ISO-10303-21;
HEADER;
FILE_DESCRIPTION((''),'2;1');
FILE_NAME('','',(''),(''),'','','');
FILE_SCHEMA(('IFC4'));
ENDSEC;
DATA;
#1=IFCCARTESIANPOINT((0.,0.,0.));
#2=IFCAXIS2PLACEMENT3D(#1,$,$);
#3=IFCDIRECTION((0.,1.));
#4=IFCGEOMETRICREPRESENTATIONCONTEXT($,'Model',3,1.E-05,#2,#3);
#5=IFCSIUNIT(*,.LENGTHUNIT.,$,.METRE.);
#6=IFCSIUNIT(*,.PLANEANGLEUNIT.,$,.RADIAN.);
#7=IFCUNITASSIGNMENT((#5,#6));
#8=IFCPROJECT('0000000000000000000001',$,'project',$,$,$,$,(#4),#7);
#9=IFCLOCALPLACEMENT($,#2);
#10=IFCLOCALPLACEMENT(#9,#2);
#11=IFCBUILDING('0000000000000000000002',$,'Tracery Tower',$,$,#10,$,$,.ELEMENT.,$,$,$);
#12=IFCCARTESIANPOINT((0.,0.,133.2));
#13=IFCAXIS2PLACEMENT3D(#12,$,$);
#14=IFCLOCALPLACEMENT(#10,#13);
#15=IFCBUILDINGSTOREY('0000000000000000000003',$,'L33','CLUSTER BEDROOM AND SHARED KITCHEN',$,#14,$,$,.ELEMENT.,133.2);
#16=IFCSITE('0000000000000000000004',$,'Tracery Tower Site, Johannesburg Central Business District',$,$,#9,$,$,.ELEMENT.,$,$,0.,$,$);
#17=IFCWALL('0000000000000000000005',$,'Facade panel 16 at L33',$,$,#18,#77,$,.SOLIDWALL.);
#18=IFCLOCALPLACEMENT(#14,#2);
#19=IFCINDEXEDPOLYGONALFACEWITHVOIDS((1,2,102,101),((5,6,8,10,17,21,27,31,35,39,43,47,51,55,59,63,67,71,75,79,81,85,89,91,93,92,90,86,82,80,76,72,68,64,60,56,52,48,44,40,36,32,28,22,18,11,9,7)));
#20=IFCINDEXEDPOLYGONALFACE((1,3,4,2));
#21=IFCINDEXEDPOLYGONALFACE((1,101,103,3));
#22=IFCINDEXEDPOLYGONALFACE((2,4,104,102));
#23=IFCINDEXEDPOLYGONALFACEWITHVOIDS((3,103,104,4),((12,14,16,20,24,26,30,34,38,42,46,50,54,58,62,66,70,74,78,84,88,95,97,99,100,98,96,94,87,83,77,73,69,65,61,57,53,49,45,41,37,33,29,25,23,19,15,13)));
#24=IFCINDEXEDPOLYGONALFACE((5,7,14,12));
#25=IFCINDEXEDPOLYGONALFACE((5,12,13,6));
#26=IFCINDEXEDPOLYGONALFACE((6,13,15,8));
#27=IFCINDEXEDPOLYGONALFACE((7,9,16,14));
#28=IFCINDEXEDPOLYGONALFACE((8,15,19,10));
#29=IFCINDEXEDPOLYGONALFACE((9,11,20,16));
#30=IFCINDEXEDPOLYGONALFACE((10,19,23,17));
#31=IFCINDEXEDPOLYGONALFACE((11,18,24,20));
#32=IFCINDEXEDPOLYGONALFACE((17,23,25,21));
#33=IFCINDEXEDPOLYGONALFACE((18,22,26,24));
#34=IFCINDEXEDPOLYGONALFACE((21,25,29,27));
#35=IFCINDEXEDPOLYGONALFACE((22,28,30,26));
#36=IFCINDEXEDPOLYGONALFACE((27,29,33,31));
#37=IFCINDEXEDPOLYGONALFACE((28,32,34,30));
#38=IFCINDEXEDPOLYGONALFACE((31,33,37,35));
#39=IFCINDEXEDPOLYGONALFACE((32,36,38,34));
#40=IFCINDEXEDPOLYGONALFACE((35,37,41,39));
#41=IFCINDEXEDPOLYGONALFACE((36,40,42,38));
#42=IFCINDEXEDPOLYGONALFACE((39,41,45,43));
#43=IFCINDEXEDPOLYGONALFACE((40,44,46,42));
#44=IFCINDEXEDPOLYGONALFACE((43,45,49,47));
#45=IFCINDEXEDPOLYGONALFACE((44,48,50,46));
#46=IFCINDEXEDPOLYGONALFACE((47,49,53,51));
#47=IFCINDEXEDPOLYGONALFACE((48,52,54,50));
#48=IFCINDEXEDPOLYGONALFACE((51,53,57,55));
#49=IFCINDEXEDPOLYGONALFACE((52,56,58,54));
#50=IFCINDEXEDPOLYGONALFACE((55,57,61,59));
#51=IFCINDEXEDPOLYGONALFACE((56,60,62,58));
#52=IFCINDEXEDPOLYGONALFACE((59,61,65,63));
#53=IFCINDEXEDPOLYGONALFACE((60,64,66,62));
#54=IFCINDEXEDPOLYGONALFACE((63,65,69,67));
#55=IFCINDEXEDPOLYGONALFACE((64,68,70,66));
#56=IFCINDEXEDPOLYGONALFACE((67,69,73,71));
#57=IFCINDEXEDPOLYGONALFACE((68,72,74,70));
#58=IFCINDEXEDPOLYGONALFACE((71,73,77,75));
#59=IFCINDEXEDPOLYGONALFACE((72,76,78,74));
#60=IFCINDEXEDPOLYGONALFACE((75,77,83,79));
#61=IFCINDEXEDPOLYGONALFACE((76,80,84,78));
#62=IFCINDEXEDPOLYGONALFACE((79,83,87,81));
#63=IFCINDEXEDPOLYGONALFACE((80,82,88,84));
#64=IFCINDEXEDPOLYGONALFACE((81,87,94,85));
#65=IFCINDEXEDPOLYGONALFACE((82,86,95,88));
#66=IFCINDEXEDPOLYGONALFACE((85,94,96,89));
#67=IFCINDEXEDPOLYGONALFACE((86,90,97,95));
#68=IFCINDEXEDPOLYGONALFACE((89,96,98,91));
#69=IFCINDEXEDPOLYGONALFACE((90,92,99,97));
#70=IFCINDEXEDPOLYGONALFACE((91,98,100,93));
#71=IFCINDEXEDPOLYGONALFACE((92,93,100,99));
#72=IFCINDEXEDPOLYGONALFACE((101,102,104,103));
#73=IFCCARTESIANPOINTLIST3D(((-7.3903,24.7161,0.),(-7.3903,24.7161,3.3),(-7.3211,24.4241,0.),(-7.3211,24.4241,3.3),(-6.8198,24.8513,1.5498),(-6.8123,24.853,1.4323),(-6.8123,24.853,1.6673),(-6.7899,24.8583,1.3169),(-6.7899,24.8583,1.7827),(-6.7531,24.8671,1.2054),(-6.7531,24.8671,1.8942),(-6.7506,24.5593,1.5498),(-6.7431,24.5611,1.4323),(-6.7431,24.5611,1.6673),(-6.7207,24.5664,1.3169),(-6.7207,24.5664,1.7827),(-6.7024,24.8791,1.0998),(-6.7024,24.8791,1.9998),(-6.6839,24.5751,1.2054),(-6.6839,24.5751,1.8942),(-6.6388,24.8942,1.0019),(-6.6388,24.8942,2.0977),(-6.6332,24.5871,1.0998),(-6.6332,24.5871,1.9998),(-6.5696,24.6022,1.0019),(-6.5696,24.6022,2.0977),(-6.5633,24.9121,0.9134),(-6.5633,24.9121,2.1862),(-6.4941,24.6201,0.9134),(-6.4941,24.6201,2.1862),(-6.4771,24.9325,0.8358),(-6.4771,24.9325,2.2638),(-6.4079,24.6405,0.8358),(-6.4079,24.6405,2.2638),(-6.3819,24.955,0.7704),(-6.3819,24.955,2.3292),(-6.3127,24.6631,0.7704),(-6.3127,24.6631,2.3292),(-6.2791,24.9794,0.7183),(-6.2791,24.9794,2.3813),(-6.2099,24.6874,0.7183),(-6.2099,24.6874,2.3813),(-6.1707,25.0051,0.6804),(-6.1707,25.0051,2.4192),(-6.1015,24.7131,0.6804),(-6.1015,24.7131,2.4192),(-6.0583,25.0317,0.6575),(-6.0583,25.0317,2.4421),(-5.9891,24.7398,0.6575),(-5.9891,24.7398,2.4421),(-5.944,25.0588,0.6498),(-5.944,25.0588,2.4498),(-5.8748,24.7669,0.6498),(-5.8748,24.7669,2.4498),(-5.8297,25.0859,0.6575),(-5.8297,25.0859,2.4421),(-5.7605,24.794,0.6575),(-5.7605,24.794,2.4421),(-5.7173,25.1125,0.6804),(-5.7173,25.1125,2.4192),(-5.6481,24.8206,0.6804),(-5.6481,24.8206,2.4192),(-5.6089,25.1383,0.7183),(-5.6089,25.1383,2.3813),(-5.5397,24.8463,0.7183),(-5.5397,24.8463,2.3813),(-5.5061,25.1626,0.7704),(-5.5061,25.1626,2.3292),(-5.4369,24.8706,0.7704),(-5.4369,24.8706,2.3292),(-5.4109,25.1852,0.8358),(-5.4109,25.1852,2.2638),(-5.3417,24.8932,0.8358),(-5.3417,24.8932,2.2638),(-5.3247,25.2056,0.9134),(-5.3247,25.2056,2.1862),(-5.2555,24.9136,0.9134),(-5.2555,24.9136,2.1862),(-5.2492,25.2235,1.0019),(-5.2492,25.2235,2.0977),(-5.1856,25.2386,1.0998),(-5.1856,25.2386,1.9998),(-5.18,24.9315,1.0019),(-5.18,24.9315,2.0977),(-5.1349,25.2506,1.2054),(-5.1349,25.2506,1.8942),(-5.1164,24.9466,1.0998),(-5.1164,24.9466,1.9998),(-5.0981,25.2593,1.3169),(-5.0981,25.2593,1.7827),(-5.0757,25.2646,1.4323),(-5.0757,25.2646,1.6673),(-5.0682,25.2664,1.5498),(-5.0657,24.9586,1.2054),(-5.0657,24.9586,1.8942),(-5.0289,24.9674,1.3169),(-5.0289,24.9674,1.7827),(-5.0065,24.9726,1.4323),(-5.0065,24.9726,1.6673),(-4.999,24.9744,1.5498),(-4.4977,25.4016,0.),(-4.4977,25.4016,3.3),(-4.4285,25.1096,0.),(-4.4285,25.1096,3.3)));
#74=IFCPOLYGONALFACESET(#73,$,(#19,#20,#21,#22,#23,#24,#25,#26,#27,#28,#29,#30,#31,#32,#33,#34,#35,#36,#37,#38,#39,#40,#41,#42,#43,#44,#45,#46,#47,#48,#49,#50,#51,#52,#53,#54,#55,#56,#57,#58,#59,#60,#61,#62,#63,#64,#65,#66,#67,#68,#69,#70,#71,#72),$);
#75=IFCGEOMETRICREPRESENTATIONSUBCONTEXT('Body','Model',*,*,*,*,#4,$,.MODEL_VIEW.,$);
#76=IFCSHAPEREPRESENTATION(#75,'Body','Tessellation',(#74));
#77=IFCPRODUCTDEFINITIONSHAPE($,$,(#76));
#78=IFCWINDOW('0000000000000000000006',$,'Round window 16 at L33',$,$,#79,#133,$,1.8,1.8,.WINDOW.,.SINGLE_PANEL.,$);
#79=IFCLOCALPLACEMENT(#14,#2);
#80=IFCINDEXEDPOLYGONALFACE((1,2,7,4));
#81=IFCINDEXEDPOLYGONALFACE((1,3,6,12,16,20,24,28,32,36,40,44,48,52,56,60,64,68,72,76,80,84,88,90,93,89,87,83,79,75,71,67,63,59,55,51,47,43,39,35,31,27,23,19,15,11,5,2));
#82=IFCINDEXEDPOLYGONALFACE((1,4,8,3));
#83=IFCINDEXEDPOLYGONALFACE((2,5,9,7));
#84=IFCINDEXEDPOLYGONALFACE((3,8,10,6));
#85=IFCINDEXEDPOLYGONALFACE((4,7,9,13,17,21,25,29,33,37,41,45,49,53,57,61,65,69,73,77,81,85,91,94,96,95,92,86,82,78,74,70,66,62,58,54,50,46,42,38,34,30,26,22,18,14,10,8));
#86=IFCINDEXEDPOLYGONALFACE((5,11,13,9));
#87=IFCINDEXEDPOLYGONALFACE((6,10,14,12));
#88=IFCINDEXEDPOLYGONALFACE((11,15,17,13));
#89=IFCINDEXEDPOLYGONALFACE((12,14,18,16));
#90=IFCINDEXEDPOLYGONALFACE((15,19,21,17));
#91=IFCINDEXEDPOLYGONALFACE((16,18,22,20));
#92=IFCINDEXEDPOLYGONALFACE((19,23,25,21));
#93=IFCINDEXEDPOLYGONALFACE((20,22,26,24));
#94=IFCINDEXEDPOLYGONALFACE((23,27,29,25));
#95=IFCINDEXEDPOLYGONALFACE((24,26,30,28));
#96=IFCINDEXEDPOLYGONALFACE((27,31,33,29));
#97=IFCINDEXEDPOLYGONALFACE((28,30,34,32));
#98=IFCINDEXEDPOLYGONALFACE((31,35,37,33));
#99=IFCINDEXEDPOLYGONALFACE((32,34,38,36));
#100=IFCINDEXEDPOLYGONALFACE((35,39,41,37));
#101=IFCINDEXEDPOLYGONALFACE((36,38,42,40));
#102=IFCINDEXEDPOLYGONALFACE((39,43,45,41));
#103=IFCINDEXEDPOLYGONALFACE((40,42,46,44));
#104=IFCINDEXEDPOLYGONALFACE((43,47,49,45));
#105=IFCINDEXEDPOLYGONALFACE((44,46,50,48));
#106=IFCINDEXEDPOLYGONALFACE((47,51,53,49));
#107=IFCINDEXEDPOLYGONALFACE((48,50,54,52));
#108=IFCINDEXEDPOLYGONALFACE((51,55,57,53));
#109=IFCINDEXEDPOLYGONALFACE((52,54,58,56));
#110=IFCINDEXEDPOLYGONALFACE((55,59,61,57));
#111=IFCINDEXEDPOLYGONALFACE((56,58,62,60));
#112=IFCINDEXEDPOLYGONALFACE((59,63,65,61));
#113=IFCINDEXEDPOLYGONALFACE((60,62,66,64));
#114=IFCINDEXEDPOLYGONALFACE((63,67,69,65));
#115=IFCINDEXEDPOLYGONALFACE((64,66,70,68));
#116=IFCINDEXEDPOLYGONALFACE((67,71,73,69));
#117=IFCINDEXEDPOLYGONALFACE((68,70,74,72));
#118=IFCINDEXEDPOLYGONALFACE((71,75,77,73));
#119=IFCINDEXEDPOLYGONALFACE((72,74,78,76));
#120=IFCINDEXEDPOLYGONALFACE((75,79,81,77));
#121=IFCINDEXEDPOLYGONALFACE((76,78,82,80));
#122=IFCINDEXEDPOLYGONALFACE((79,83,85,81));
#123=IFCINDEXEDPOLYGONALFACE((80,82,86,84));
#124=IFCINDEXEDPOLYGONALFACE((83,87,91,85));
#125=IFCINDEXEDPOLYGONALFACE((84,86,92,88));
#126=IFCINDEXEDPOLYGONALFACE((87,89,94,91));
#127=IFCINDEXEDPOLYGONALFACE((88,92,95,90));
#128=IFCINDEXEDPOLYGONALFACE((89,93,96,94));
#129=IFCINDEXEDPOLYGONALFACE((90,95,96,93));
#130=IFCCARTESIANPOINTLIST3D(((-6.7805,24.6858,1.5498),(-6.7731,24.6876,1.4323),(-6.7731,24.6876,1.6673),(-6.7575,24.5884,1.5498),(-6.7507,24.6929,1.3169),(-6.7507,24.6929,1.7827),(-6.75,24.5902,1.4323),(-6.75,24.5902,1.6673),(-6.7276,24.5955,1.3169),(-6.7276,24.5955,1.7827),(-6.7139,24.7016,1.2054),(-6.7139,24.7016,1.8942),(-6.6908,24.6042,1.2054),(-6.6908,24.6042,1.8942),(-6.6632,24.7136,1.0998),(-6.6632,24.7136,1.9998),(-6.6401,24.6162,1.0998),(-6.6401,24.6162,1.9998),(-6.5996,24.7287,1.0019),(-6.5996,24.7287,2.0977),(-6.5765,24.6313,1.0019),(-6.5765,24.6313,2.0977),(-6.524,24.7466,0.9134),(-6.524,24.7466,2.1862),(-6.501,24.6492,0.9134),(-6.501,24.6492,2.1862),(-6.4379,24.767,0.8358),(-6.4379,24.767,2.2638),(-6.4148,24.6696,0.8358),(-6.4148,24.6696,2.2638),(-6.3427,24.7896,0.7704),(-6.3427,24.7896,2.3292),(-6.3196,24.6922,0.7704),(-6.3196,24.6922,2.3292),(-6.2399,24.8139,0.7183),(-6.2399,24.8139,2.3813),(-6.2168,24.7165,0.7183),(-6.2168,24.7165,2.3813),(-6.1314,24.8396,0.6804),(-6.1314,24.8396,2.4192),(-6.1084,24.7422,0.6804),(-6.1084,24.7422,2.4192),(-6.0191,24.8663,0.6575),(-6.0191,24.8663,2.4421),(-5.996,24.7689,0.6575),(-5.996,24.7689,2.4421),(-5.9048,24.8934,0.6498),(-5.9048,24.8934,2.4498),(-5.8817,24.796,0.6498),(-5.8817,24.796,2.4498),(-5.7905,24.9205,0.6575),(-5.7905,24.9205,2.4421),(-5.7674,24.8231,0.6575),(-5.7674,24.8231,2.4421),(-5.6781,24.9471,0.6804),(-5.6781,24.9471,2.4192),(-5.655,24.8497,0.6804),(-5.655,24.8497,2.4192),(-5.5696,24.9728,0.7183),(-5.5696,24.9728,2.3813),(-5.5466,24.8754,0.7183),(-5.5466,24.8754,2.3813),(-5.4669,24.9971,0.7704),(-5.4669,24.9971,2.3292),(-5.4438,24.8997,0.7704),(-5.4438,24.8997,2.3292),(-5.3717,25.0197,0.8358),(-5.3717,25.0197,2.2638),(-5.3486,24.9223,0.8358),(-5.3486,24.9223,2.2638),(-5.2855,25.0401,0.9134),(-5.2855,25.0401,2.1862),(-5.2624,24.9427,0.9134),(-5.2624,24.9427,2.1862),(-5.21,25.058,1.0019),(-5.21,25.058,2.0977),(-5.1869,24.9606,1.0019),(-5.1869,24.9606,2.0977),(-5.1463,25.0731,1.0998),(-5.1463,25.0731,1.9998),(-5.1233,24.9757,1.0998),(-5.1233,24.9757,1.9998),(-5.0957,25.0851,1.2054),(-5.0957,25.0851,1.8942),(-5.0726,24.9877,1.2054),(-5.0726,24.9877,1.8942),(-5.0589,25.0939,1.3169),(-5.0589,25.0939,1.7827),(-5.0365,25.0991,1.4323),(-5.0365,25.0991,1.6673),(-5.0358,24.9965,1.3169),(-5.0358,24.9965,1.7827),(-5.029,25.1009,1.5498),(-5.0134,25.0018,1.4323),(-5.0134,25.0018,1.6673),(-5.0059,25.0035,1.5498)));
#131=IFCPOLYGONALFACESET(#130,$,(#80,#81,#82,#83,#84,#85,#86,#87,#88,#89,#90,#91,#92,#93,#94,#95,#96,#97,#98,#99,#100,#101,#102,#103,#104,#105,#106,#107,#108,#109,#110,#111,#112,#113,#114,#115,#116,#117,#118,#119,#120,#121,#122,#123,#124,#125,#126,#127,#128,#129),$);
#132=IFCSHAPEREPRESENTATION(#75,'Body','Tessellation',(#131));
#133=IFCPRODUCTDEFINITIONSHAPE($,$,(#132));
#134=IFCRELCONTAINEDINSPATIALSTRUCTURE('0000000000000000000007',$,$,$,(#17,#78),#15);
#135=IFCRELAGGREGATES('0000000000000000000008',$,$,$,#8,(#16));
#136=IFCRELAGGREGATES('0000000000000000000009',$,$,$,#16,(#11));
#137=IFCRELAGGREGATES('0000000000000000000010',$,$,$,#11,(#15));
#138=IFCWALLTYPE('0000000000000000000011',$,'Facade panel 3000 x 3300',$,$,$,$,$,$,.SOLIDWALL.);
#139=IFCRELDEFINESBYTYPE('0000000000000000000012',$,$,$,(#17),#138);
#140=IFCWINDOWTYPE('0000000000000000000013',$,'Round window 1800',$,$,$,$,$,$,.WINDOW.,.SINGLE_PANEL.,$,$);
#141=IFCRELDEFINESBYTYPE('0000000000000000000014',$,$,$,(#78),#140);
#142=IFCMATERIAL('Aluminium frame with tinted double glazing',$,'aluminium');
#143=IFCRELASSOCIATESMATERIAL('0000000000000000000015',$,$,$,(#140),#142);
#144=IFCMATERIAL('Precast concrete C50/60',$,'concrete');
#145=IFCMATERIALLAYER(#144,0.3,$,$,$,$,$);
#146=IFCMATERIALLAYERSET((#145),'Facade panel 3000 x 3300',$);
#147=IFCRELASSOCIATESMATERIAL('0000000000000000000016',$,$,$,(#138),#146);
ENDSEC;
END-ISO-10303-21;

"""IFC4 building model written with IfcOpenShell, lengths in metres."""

from ifc_helpers import new_model, si_unit, direction, frame, frame_2d, origin, origin_2d, place, context, subcontext, project, spatial, rectangle, circle, extrude, material, layer, layer_set, type_object, element, fill, save


model = new_model("IFC4")

# Units and contexts
model_context = context("Model", 3, precision=1e-05, world=origin(), true_north=direction((0.0, 1.0)))
body_context = subcontext(model_context, "Body", "Model", "MODEL_VIEW")
ifc_project = project(units=[si_unit("LENGTHUNIT", "METRE"), si_unit("PLANEANGLEUNIT", "RADIAN")], contexts=[model_context])

# Site, building, storey
site_placement = place(None, origin())
site = spatial("IfcSite", under=ifc_project, at=site_placement, Name="Tracery Tower Site, Johannesburg Central Business District", CompositionType="ELEMENT", RefElevation=0.0)
building_placement = place(site_placement, origin())
building = spatial("IfcBuilding", under=site, at=building_placement, Name="Tracery Tower", CompositionType="ELEMENT")
storey_placement = place(building_placement, frame((0.0, 0.0, 133.2)))
storey = spatial("IfcBuildingStorey", under=building, at=storey_placement, Name="L33", Description="CLUSTER BEDROOM AND SHARED KITCHEN", CompositionType="ELEMENT", Elevation=133.2)

# Wall, opening, window
ifc_material_1 = material(Name="Aluminium frame with tinted double glazing", Category="aluminium")
window_type = type_object("IfcWindowType", Name="Round window 1800", PartitioningType="SINGLE_PANEL", PredefinedType="WINDOW", material=ifc_material_1)
ifc_material_2 = material(Name="Precast concrete C50/60", Category="concrete")
ifc_layer_1 = layer(ifc_material_2, 0.3)
ifc_layer_set_1 = layer_set([ifc_layer_1], Name="Facade panel 3000 x 3300")
wall_type_1 = type_object("IfcWallType", Name="Facade panel 3000 x 3300", PredefinedType="SOLIDWALL", material=ifc_layer_set_1)
wall_1_placement = place(storey_placement, frame((-4.4631, 25.2556, 0.0), z_axis=(0.0, 0.0, 1.0), x_axis=(-0.973045, -0.230614, 0.0)))
wall_1 = element("IfcWall", 1, at=wall_1_placement, inside=storey, type_object=wall_type_1, Name="Facade panel 16 at L33", PredefinedType="SOLIDWALL", context=body_context, shape_type="SweptSolid", body=[
    extrude(rectangle(XDim=2.9727, YDim=0.3, at=frame_2d((1.4863, 0.0))), origin(), (0.0, 0.0, 1.0), 3.3),
])
opening_1_placement = place(wall_1_placement, frame((1.4863, 0.0, 1.5498)))
opening_1 = element("IfcOpeningElement", 2, at=opening_1_placement, cuts=wall_1, PredefinedType="OPENING", context=body_context, shape_type="SweptSolid", body=[
    extrude(circle(Radius=0.9, at=origin_2d()), frame((0.0, 0.1599, 0.0), z_axis=(0.0, -1.0, 0.0), x_axis=(1.0, 0.0, 0.0)), (0.0, 0.0, 1.0), 0.3201),
])
window_1_placement = place(opening_1_placement, origin())
window_1 = element("IfcWindow", 3, at=window_1_placement, inside=storey, type_object=window_type, Name="Round window 16 at L33", OverallHeight=1.8, OverallWidth=1.8, PartitioningType="SINGLE_PANEL", PredefinedType="WINDOW", context=body_context, shape_type="SweptSolid", body=[
    extrude(circle(Radius=0.9, at=origin_2d()), frame((0.0, 0.1201, 0.0), z_axis=(0.0, -1.0, 0.0), x_axis=(1.0, 0.0, 0.0)), (0.0, 0.0, 1.0), 0.1001),
])
fill(opening_1, window_1)

save(model, "model.ifc")
